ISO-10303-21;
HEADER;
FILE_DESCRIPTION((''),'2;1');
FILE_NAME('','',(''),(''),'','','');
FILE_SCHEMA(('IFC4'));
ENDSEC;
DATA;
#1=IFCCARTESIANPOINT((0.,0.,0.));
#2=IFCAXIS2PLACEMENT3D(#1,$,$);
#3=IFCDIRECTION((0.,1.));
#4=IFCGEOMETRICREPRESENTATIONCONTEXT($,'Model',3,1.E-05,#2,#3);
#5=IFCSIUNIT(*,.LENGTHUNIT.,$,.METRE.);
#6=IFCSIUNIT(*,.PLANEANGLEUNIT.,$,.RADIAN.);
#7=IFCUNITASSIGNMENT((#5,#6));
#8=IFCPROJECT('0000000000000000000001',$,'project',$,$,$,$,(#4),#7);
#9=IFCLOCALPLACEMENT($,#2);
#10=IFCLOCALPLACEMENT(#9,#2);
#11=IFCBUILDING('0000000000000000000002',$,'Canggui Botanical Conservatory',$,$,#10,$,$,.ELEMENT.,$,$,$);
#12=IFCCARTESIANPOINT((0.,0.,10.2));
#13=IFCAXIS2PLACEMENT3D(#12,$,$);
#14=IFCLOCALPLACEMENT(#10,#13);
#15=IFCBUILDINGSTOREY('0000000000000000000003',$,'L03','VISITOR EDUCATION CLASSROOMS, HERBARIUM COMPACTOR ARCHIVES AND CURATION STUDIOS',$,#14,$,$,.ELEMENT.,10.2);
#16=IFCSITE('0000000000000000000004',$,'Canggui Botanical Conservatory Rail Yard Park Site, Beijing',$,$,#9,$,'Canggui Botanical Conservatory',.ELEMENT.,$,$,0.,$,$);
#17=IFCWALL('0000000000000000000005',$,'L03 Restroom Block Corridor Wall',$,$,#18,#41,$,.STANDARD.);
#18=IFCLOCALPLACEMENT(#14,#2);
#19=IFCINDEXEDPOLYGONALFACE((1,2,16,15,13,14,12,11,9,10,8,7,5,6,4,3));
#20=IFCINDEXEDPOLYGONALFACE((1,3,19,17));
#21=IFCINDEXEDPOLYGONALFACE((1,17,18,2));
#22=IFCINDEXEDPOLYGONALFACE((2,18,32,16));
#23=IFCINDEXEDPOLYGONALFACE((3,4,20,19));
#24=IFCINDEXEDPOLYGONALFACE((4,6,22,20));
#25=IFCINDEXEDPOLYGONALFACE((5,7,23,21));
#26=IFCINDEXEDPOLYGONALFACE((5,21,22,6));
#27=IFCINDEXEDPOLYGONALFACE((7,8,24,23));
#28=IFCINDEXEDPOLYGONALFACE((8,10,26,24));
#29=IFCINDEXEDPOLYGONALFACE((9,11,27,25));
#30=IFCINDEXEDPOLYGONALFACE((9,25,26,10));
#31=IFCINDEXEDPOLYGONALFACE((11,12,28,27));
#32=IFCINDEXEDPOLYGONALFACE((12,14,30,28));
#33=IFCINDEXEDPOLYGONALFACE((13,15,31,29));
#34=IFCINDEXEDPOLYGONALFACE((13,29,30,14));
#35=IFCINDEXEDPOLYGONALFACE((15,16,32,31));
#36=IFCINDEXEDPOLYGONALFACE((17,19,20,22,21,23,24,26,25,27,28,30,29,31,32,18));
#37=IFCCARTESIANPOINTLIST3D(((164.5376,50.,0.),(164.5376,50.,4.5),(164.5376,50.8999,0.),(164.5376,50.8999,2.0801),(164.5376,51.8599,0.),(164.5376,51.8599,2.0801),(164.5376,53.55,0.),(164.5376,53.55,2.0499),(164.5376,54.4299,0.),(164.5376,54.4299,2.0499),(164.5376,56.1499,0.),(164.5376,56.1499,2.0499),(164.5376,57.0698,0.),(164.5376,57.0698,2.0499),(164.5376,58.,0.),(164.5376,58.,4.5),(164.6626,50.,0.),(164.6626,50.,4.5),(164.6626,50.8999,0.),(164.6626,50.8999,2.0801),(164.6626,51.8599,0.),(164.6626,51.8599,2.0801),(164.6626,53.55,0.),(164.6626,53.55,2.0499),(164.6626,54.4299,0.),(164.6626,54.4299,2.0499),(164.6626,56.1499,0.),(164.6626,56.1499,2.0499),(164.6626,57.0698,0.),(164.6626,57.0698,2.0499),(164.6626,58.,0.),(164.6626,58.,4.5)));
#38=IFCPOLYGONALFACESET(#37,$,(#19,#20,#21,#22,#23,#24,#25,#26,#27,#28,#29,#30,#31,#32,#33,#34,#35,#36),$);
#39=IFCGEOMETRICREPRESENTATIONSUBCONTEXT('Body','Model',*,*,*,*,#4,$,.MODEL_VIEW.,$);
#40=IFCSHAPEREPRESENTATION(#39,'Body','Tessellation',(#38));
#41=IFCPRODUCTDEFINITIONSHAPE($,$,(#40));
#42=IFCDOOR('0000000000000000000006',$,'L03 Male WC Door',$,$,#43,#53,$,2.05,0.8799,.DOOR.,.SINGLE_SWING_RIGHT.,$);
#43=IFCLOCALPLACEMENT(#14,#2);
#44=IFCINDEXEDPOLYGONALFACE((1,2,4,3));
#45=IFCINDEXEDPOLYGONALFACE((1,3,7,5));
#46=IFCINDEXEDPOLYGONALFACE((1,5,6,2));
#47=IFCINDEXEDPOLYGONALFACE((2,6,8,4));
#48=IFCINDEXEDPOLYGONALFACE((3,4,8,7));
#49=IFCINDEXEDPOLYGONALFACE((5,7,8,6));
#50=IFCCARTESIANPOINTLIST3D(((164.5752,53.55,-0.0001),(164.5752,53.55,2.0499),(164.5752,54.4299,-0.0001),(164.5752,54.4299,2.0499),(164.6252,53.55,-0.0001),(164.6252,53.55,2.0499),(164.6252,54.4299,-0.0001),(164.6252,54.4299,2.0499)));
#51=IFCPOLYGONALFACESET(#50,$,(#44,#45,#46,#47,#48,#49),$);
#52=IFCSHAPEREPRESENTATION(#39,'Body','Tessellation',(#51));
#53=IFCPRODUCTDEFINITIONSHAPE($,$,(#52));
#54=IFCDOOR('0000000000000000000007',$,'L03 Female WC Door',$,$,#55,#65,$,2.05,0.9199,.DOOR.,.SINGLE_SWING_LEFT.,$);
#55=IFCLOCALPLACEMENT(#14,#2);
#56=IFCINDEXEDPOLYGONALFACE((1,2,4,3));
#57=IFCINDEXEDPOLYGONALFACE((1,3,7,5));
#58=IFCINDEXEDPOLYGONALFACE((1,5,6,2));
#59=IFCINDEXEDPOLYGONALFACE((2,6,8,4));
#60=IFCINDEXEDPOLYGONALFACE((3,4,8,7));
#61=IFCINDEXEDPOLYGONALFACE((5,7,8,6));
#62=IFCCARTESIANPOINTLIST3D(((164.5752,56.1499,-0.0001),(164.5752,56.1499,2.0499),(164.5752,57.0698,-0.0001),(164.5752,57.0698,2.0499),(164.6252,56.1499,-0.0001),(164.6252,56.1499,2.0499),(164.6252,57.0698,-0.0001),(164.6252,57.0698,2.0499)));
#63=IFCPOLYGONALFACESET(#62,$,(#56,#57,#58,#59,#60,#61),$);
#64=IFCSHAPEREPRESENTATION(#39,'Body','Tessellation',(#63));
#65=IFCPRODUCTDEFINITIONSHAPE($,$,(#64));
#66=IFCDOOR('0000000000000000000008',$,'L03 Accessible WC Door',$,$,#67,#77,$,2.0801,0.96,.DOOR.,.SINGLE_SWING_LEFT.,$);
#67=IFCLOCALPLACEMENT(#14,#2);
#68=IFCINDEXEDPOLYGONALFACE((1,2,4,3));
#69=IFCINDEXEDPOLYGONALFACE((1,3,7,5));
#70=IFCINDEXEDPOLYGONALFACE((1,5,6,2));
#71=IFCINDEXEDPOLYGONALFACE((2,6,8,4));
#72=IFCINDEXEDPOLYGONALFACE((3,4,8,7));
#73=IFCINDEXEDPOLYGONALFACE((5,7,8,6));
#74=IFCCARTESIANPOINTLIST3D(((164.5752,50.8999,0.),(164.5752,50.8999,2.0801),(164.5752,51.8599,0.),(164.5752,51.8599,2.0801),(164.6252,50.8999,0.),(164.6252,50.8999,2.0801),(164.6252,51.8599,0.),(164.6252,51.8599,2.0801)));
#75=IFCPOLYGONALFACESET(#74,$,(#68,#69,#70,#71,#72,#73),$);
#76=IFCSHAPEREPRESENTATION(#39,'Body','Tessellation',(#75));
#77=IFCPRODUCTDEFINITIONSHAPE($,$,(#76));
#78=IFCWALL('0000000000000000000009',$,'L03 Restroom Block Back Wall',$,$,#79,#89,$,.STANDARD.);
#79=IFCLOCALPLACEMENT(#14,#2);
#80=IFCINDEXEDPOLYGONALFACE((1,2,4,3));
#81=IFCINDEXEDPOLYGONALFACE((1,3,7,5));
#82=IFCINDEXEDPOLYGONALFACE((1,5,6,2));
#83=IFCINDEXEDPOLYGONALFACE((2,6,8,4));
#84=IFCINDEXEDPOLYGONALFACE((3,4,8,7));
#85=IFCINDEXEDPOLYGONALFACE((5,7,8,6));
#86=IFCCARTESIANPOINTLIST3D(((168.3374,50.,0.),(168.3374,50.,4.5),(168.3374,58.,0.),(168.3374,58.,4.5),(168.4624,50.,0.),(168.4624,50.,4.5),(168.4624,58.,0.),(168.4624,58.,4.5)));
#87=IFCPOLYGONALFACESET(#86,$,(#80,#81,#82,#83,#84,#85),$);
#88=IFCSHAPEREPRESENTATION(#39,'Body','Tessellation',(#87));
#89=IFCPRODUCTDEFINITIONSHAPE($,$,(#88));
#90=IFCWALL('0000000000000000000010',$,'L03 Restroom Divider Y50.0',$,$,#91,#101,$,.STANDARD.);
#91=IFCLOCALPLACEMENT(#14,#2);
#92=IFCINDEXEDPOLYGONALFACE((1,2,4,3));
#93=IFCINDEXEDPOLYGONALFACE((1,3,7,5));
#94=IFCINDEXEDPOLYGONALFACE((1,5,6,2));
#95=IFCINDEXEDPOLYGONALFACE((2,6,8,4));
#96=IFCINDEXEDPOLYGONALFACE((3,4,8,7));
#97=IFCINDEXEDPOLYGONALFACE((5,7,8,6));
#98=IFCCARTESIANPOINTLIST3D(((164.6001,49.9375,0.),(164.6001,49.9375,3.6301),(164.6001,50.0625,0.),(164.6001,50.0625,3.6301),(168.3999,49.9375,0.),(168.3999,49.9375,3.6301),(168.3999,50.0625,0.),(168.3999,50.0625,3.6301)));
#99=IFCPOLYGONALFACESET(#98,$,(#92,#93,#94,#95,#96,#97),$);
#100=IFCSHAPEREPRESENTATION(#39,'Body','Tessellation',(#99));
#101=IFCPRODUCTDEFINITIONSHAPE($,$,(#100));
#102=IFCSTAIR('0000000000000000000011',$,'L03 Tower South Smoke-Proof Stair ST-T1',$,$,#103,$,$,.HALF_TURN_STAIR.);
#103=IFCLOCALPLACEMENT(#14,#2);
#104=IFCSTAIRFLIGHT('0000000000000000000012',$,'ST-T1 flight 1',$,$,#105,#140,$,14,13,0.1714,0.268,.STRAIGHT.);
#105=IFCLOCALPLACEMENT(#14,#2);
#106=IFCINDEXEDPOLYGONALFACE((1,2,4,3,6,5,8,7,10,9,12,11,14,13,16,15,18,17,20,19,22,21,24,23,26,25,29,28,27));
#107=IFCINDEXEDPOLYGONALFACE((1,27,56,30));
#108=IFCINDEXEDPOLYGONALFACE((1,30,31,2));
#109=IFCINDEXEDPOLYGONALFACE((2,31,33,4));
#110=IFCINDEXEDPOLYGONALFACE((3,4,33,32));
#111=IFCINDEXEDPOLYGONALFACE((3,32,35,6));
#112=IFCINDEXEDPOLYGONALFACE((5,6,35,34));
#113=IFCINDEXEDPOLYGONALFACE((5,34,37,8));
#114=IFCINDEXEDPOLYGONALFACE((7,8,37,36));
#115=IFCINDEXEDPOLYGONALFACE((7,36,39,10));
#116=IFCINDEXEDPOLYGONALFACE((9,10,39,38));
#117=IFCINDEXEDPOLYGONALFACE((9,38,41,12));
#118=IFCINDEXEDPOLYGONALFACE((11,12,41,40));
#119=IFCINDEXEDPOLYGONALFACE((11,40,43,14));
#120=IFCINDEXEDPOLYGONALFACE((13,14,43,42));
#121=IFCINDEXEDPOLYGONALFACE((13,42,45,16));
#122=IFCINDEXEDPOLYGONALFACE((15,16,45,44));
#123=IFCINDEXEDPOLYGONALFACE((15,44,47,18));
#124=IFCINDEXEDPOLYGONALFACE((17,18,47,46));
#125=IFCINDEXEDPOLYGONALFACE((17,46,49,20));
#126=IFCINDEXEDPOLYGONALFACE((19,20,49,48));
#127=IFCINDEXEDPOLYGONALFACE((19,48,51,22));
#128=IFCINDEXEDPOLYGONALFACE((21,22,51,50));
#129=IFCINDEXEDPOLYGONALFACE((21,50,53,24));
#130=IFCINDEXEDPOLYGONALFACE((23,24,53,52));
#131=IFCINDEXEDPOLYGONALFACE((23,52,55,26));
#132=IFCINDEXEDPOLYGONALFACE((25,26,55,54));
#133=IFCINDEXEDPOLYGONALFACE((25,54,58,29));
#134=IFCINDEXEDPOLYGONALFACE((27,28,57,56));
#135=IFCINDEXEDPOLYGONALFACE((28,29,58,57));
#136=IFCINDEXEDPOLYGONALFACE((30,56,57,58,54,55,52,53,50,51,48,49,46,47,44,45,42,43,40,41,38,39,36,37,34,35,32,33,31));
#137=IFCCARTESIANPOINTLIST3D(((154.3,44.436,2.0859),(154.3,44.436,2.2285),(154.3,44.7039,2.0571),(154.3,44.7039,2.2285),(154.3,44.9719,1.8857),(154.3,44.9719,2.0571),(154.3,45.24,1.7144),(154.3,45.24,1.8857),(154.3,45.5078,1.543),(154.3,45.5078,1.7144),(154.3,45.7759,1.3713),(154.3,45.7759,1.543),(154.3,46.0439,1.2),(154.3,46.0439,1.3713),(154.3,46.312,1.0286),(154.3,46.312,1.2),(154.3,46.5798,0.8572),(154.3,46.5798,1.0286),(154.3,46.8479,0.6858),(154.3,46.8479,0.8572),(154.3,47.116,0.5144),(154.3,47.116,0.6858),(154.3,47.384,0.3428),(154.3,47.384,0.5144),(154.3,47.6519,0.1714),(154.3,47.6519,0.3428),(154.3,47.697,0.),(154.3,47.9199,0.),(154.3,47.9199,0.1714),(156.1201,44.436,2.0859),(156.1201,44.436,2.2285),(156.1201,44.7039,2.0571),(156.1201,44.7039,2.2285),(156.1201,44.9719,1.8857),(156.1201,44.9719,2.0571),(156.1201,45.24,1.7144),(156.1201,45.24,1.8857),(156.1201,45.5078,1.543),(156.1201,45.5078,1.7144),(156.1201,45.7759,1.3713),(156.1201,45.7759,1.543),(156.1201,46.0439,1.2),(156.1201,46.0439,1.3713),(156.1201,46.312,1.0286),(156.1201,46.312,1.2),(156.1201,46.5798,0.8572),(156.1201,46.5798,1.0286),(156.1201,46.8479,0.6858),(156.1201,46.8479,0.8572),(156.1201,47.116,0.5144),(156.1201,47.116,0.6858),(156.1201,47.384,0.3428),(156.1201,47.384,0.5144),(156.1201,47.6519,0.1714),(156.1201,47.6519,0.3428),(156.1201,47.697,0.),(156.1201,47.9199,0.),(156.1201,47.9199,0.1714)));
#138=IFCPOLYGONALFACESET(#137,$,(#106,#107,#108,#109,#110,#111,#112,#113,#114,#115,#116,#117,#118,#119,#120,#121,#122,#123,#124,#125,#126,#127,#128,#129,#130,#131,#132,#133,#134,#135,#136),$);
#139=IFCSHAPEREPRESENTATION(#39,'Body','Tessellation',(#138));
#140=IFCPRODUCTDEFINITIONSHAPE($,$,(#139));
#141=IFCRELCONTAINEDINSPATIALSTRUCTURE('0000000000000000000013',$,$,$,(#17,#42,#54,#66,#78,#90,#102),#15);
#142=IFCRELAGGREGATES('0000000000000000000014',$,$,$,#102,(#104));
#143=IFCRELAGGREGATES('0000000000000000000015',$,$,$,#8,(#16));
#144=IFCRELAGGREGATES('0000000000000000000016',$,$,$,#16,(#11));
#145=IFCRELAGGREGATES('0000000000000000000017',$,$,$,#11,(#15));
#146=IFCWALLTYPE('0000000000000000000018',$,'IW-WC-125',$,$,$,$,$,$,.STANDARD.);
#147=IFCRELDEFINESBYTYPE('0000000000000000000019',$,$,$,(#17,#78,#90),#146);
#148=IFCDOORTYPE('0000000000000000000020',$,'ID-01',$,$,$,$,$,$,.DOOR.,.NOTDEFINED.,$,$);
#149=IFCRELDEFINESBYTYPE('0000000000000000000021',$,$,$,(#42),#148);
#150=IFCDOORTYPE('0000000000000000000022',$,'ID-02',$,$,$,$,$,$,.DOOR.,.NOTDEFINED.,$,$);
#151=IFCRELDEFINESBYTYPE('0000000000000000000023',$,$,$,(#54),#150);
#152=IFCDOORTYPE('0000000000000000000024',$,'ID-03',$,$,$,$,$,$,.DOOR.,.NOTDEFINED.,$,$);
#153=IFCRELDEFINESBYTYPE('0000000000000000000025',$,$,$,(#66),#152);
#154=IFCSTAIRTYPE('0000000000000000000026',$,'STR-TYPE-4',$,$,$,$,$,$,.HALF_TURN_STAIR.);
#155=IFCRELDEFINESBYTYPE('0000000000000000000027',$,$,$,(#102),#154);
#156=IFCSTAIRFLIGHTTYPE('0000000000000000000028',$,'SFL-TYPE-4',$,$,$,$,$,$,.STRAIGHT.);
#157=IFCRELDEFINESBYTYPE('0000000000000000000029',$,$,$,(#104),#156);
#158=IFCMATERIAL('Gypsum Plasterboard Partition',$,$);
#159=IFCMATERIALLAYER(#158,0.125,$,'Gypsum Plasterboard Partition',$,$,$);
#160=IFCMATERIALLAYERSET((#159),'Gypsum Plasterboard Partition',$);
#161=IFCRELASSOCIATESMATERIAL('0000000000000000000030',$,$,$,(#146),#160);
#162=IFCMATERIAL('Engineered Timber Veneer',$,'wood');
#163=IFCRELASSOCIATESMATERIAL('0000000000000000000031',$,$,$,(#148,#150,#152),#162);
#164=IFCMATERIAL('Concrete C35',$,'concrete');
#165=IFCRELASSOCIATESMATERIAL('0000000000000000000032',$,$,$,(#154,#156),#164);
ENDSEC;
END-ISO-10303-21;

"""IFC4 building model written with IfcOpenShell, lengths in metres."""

from ifc_helpers import new_model, si_unit, direction, frame, frame_2d, origin, place, context, subcontext, project, spatial, polyline, rectangle, outline, extrude, material, layer, layer_set, type_object, element, fill, aggregate, save


model = new_model("IFC4")

# Units and contexts
model_context = context("Model", 3, precision=1e-05, world=origin(), true_north=direction((0.0, 1.0)))
body_context = subcontext(model_context, "Body", "Model", "MODEL_VIEW")
ifc_project = project(units=[si_unit("LENGTHUNIT", "METRE"), si_unit("PLANEANGLEUNIT", "RADIAN")], contexts=[model_context])

# Site, building, storey
site_placement = place(None, origin())
site = spatial("IfcSite", under=ifc_project, at=site_placement, Name="Canggui Botanical Conservatory Rail Yard Park Site, Beijing", LongName="Canggui Botanical Conservatory", CompositionType="ELEMENT", RefElevation=0.0)
building_placement = place(site_placement, origin())
building = spatial("IfcBuilding", under=site, at=building_placement, Name="Canggui Botanical Conservatory", CompositionType="ELEMENT")
storey_placement = place(building_placement, frame((0.0, 0.0, 10.2)))
storey = spatial("IfcBuildingStorey", under=building, at=storey_placement, Name="L03", Description="VISITOR EDUCATION CLASSROOMS, HERBARIUM COMPACTOR ARCHIVES AND CURATION STUDIOS", CompositionType="ELEMENT", Elevation=10.2)

# Shared definitions
ifc_material_1 = material(Name="Concrete C35", Category="concrete")

# Wall, openings, doors
ifc_material_2 = material(Name="Gypsum Plasterboard Partition")
ifc_layer_1 = layer(ifc_material_2, 0.125, Name="Gypsum Plasterboard Partition")
ifc_layer_set_1 = layer_set([ifc_layer_1], Name="Gypsum Plasterboard Partition")
wall_type_1 = type_object("IfcWallType", Name="IW-WC-125", PredefinedType="STANDARD", material=ifc_layer_set_1)
wall_1_placement = place(storey_placement, frame((164.6001, 50.0, 0.0), z_axis=(0.0, 0.0, 1.0), x_axis=(0.0, 1.0, 0.0)))
wall_1 = element("IfcWall", 1, at=wall_1_placement, inside=storey, type_object=wall_type_1, Name="L03 Restroom Block Corridor Wall", PredefinedType="STANDARD", context=body_context, shape_type="SweptSolid", body=[
    extrude(rectangle(XDim=8.0, YDim=0.125, at=frame_2d((4.0, 0.0))), origin(), (0.0, 0.0, 1.0), 4.5),
])
opening_1_placement = place(wall_1_placement, frame((0.8999, 0.0, 0.0)))
opening_1 = element("IfcOpeningElement", 2, at=opening_1_placement, cuts=wall_1, PredefinedType="OPENING", context=body_context, shape_type="SweptSolid", body=[
    extrude(rectangle(XDim=0.96, YDim=2.0801, at=frame_2d((0.48, 1.04))), frame((0.0, 0.0725, 0.0), z_axis=(0.0, -1.0, 0.0), x_axis=(1.0, 0.0, 0.0)), (0.0, 0.0, 1.0), 0.145),
])
opening_2_placement = place(wall_1_placement, frame((3.55, 0.0, 0.0)))
opening_2 = element("IfcOpeningElement", 3, at=opening_2_placement, cuts=wall_1, PredefinedType="OPENING", context=body_context, shape_type="SweptSolid", body=[
    extrude(rectangle(XDim=0.8799, YDim=2.05, at=frame_2d((0.4399, 1.0249))), frame((0.0, 0.0725, 0.0), z_axis=(0.0, -1.0, 0.0), x_axis=(1.0, 0.0, 0.0)), (0.0, 0.0, 1.0), 0.145),
])
opening_3_placement = place(wall_1_placement, frame((6.1499, 0.0, 0.0)))
opening_3 = element("IfcOpeningElement", 4, at=opening_3_placement, cuts=wall_1, PredefinedType="OPENING", context=body_context, shape_type="SweptSolid", body=[
    extrude(rectangle(XDim=0.9199, YDim=2.05, at=frame_2d((0.46, 1.0249))), frame((0.0, 0.0725, 0.0), z_axis=(0.0, -1.0, 0.0), x_axis=(1.0, 0.0, 0.0)), (0.0, 0.0, 1.0), 0.145),
])
ifc_material_3 = material(Name="Engineered Timber Veneer", Category="wood")
door_type_1 = type_object("IfcDoorType", Name="ID-01", OperationType="NOTDEFINED", PredefinedType="DOOR", material=ifc_material_3)
door_1_placement = place(opening_2_placement, origin())
door_1 = element("IfcDoor", 5, at=door_1_placement, inside=storey, type_object=door_type_1, Name="L03 Male WC Door", OperationType="SINGLE_SWING_RIGHT", OverallHeight=2.05, OverallWidth=0.8799, PredefinedType="DOOR", context=body_context, shape_type="SweptSolid", body=[
    extrude(rectangle(XDim=0.8799, YDim=2.05, at=frame_2d((0.4399, 1.0249))), frame((0.0, 0.0249, 0.0), z_axis=(0.0, -1.0, 0.0), x_axis=(1.0, 0.0, 0.0)), (0.0, 0.0, 1.0), 0.05),
])
fill(opening_2, door_1)
door_type_2 = type_object("IfcDoorType", Name="ID-02", OperationType="NOTDEFINED", PredefinedType="DOOR", material=ifc_material_3)
door_2_placement = place(opening_3_placement, origin())
door_2 = element("IfcDoor", 6, at=door_2_placement, inside=storey, type_object=door_type_2, Name="L03 Female WC Door", OperationType="SINGLE_SWING_LEFT", OverallHeight=2.05, OverallWidth=0.9199, PredefinedType="DOOR", context=body_context, shape_type="SweptSolid", body=[
    extrude(rectangle(XDim=0.9199, YDim=2.05, at=frame_2d((0.46, 1.0249))), frame((0.0, 0.0249, 0.0), z_axis=(0.0, -1.0, 0.0), x_axis=(1.0, 0.0, 0.0)), (0.0, 0.0, 1.0), 0.05),
])
fill(opening_3, door_2)
door_type_3 = type_object("IfcDoorType", Name="ID-03", OperationType="NOTDEFINED", PredefinedType="DOOR", material=ifc_material_3)
door_3_placement = place(opening_1_placement, origin())
door_3 = element("IfcDoor", 7, at=door_3_placement, inside=storey, type_object=door_type_3, Name="L03 Accessible WC Door", OperationType="SINGLE_SWING_LEFT", OverallHeight=2.0801, OverallWidth=0.96, PredefinedType="DOOR", context=body_context, shape_type="SweptSolid", body=[
    extrude(rectangle(XDim=0.96, YDim=2.0801, at=frame_2d((0.48, 1.04))), frame((0.0, 0.0249, 0.0), z_axis=(0.0, -1.0, 0.0), x_axis=(1.0, 0.0, 0.0)), (0.0, 0.0, 1.0), 0.05),
])
fill(opening_1, door_3)

# Walls
wall_2_placement = place(storey_placement, frame((168.3999, 50.0, 0.0), z_axis=(0.0, 0.0, 1.0), x_axis=(0.0, 1.0, 0.0)))
element("IfcWall", 8, at=wall_2_placement, inside=storey, type_object=wall_type_1, Name="L03 Restroom Block Back Wall", PredefinedType="STANDARD", context=body_context, shape_type="SweptSolid", body=[
    extrude(rectangle(XDim=8.0, YDim=0.125, at=frame_2d((4.0, 0.0))), origin(), (0.0, 0.0, 1.0), 4.5),
])
wall_3_placement = place(storey_placement, frame((164.6001, 50.0, 0.0), z_axis=(0.0, 0.0, 1.0), x_axis=(1.0, 0.0, 0.0)))
element("IfcWall", 9, at=wall_3_placement, inside=storey, type_object=wall_type_1, Name="L03 Restroom Divider Y50.0", PredefinedType="STANDARD", context=body_context, shape_type="SweptSolid", body=[
    extrude(rectangle(XDim=3.7998, YDim=0.125, at=frame_2d((1.8999, 0.0))), origin(), (0.0, 0.0, 1.0), 3.6301),
])

# Stair, stair flight
stair_type = type_object("IfcStairType", Name="STR-TYPE-4", PredefinedType="HALF_TURN_STAIR", material=ifc_material_1)
stair_placement = place(storey_placement, origin())
stair = element("IfcStair", 10, at=stair_placement, inside=storey, type_object=stair_type, Name="L03 Tower South Smoke-Proof Stair ST-T1", PredefinedType="HALF_TURN_STAIR")
stair_flight_type = type_object("IfcStairFlightType", Name="SFL-TYPE-4", PredefinedType="STRAIGHT", material=ifc_material_1)
stair_flight_1_placement = place(storey_placement, frame((155.21, 47.9199, 0.0), z_axis=(0.0, 0.0, 1.0), x_axis=(0.0, -1.0, 0.0)))
stair_flight_1 = element("IfcStairFlight", 11, at=stair_flight_1_placement, type_object=stair_flight_type, Name="ST-T1 flight 1", NumberOfRisers=14, NumberOfTreads=13, PredefinedType="STRAIGHT", RiserHeight=0.1714, TreadLength=0.268, context=body_context, shape_type="SweptSolid", body=[
    extrude(outline(polyline([(0.0, 0.0), (0.0, 0.1714), (0.2681, 0.1714), (0.2681, 0.3428), (0.5359, 0.3428), (0.5359, 0.5144), (0.804, 0.5144), (0.804, 0.6858), (1.072, 0.6858), (1.072, 0.8572), (1.3401, 0.8572), (1.3401, 1.0286), (1.6079, 1.0286), (1.6079, 1.2), (1.876, 1.2), (1.876, 1.3713), (2.144, 1.3713), (2.144, 1.543), (2.4121, 1.543), (2.4121, 1.7144), (2.6799, 1.7144), (2.6799, 1.8857), (2.948, 1.8857), (2.948, 2.0571), (3.2161, 2.0571), (3.2161, 2.2285), (3.4839, 2.2285), (3.4839, 2.3999), (3.4839, 2.0859), (0.2229, 0.0), (0.0, 0.0)])), frame((0.0, 0.9102, 0.0), z_axis=(0.0, -1.0, 0.0), x_axis=(1.0, 0.0, 0.0)), (0.0, 0.0, 1.0), 1.8201),
])
aggregate(stair, [stair_flight_1])

save(model, "model.ifc")
